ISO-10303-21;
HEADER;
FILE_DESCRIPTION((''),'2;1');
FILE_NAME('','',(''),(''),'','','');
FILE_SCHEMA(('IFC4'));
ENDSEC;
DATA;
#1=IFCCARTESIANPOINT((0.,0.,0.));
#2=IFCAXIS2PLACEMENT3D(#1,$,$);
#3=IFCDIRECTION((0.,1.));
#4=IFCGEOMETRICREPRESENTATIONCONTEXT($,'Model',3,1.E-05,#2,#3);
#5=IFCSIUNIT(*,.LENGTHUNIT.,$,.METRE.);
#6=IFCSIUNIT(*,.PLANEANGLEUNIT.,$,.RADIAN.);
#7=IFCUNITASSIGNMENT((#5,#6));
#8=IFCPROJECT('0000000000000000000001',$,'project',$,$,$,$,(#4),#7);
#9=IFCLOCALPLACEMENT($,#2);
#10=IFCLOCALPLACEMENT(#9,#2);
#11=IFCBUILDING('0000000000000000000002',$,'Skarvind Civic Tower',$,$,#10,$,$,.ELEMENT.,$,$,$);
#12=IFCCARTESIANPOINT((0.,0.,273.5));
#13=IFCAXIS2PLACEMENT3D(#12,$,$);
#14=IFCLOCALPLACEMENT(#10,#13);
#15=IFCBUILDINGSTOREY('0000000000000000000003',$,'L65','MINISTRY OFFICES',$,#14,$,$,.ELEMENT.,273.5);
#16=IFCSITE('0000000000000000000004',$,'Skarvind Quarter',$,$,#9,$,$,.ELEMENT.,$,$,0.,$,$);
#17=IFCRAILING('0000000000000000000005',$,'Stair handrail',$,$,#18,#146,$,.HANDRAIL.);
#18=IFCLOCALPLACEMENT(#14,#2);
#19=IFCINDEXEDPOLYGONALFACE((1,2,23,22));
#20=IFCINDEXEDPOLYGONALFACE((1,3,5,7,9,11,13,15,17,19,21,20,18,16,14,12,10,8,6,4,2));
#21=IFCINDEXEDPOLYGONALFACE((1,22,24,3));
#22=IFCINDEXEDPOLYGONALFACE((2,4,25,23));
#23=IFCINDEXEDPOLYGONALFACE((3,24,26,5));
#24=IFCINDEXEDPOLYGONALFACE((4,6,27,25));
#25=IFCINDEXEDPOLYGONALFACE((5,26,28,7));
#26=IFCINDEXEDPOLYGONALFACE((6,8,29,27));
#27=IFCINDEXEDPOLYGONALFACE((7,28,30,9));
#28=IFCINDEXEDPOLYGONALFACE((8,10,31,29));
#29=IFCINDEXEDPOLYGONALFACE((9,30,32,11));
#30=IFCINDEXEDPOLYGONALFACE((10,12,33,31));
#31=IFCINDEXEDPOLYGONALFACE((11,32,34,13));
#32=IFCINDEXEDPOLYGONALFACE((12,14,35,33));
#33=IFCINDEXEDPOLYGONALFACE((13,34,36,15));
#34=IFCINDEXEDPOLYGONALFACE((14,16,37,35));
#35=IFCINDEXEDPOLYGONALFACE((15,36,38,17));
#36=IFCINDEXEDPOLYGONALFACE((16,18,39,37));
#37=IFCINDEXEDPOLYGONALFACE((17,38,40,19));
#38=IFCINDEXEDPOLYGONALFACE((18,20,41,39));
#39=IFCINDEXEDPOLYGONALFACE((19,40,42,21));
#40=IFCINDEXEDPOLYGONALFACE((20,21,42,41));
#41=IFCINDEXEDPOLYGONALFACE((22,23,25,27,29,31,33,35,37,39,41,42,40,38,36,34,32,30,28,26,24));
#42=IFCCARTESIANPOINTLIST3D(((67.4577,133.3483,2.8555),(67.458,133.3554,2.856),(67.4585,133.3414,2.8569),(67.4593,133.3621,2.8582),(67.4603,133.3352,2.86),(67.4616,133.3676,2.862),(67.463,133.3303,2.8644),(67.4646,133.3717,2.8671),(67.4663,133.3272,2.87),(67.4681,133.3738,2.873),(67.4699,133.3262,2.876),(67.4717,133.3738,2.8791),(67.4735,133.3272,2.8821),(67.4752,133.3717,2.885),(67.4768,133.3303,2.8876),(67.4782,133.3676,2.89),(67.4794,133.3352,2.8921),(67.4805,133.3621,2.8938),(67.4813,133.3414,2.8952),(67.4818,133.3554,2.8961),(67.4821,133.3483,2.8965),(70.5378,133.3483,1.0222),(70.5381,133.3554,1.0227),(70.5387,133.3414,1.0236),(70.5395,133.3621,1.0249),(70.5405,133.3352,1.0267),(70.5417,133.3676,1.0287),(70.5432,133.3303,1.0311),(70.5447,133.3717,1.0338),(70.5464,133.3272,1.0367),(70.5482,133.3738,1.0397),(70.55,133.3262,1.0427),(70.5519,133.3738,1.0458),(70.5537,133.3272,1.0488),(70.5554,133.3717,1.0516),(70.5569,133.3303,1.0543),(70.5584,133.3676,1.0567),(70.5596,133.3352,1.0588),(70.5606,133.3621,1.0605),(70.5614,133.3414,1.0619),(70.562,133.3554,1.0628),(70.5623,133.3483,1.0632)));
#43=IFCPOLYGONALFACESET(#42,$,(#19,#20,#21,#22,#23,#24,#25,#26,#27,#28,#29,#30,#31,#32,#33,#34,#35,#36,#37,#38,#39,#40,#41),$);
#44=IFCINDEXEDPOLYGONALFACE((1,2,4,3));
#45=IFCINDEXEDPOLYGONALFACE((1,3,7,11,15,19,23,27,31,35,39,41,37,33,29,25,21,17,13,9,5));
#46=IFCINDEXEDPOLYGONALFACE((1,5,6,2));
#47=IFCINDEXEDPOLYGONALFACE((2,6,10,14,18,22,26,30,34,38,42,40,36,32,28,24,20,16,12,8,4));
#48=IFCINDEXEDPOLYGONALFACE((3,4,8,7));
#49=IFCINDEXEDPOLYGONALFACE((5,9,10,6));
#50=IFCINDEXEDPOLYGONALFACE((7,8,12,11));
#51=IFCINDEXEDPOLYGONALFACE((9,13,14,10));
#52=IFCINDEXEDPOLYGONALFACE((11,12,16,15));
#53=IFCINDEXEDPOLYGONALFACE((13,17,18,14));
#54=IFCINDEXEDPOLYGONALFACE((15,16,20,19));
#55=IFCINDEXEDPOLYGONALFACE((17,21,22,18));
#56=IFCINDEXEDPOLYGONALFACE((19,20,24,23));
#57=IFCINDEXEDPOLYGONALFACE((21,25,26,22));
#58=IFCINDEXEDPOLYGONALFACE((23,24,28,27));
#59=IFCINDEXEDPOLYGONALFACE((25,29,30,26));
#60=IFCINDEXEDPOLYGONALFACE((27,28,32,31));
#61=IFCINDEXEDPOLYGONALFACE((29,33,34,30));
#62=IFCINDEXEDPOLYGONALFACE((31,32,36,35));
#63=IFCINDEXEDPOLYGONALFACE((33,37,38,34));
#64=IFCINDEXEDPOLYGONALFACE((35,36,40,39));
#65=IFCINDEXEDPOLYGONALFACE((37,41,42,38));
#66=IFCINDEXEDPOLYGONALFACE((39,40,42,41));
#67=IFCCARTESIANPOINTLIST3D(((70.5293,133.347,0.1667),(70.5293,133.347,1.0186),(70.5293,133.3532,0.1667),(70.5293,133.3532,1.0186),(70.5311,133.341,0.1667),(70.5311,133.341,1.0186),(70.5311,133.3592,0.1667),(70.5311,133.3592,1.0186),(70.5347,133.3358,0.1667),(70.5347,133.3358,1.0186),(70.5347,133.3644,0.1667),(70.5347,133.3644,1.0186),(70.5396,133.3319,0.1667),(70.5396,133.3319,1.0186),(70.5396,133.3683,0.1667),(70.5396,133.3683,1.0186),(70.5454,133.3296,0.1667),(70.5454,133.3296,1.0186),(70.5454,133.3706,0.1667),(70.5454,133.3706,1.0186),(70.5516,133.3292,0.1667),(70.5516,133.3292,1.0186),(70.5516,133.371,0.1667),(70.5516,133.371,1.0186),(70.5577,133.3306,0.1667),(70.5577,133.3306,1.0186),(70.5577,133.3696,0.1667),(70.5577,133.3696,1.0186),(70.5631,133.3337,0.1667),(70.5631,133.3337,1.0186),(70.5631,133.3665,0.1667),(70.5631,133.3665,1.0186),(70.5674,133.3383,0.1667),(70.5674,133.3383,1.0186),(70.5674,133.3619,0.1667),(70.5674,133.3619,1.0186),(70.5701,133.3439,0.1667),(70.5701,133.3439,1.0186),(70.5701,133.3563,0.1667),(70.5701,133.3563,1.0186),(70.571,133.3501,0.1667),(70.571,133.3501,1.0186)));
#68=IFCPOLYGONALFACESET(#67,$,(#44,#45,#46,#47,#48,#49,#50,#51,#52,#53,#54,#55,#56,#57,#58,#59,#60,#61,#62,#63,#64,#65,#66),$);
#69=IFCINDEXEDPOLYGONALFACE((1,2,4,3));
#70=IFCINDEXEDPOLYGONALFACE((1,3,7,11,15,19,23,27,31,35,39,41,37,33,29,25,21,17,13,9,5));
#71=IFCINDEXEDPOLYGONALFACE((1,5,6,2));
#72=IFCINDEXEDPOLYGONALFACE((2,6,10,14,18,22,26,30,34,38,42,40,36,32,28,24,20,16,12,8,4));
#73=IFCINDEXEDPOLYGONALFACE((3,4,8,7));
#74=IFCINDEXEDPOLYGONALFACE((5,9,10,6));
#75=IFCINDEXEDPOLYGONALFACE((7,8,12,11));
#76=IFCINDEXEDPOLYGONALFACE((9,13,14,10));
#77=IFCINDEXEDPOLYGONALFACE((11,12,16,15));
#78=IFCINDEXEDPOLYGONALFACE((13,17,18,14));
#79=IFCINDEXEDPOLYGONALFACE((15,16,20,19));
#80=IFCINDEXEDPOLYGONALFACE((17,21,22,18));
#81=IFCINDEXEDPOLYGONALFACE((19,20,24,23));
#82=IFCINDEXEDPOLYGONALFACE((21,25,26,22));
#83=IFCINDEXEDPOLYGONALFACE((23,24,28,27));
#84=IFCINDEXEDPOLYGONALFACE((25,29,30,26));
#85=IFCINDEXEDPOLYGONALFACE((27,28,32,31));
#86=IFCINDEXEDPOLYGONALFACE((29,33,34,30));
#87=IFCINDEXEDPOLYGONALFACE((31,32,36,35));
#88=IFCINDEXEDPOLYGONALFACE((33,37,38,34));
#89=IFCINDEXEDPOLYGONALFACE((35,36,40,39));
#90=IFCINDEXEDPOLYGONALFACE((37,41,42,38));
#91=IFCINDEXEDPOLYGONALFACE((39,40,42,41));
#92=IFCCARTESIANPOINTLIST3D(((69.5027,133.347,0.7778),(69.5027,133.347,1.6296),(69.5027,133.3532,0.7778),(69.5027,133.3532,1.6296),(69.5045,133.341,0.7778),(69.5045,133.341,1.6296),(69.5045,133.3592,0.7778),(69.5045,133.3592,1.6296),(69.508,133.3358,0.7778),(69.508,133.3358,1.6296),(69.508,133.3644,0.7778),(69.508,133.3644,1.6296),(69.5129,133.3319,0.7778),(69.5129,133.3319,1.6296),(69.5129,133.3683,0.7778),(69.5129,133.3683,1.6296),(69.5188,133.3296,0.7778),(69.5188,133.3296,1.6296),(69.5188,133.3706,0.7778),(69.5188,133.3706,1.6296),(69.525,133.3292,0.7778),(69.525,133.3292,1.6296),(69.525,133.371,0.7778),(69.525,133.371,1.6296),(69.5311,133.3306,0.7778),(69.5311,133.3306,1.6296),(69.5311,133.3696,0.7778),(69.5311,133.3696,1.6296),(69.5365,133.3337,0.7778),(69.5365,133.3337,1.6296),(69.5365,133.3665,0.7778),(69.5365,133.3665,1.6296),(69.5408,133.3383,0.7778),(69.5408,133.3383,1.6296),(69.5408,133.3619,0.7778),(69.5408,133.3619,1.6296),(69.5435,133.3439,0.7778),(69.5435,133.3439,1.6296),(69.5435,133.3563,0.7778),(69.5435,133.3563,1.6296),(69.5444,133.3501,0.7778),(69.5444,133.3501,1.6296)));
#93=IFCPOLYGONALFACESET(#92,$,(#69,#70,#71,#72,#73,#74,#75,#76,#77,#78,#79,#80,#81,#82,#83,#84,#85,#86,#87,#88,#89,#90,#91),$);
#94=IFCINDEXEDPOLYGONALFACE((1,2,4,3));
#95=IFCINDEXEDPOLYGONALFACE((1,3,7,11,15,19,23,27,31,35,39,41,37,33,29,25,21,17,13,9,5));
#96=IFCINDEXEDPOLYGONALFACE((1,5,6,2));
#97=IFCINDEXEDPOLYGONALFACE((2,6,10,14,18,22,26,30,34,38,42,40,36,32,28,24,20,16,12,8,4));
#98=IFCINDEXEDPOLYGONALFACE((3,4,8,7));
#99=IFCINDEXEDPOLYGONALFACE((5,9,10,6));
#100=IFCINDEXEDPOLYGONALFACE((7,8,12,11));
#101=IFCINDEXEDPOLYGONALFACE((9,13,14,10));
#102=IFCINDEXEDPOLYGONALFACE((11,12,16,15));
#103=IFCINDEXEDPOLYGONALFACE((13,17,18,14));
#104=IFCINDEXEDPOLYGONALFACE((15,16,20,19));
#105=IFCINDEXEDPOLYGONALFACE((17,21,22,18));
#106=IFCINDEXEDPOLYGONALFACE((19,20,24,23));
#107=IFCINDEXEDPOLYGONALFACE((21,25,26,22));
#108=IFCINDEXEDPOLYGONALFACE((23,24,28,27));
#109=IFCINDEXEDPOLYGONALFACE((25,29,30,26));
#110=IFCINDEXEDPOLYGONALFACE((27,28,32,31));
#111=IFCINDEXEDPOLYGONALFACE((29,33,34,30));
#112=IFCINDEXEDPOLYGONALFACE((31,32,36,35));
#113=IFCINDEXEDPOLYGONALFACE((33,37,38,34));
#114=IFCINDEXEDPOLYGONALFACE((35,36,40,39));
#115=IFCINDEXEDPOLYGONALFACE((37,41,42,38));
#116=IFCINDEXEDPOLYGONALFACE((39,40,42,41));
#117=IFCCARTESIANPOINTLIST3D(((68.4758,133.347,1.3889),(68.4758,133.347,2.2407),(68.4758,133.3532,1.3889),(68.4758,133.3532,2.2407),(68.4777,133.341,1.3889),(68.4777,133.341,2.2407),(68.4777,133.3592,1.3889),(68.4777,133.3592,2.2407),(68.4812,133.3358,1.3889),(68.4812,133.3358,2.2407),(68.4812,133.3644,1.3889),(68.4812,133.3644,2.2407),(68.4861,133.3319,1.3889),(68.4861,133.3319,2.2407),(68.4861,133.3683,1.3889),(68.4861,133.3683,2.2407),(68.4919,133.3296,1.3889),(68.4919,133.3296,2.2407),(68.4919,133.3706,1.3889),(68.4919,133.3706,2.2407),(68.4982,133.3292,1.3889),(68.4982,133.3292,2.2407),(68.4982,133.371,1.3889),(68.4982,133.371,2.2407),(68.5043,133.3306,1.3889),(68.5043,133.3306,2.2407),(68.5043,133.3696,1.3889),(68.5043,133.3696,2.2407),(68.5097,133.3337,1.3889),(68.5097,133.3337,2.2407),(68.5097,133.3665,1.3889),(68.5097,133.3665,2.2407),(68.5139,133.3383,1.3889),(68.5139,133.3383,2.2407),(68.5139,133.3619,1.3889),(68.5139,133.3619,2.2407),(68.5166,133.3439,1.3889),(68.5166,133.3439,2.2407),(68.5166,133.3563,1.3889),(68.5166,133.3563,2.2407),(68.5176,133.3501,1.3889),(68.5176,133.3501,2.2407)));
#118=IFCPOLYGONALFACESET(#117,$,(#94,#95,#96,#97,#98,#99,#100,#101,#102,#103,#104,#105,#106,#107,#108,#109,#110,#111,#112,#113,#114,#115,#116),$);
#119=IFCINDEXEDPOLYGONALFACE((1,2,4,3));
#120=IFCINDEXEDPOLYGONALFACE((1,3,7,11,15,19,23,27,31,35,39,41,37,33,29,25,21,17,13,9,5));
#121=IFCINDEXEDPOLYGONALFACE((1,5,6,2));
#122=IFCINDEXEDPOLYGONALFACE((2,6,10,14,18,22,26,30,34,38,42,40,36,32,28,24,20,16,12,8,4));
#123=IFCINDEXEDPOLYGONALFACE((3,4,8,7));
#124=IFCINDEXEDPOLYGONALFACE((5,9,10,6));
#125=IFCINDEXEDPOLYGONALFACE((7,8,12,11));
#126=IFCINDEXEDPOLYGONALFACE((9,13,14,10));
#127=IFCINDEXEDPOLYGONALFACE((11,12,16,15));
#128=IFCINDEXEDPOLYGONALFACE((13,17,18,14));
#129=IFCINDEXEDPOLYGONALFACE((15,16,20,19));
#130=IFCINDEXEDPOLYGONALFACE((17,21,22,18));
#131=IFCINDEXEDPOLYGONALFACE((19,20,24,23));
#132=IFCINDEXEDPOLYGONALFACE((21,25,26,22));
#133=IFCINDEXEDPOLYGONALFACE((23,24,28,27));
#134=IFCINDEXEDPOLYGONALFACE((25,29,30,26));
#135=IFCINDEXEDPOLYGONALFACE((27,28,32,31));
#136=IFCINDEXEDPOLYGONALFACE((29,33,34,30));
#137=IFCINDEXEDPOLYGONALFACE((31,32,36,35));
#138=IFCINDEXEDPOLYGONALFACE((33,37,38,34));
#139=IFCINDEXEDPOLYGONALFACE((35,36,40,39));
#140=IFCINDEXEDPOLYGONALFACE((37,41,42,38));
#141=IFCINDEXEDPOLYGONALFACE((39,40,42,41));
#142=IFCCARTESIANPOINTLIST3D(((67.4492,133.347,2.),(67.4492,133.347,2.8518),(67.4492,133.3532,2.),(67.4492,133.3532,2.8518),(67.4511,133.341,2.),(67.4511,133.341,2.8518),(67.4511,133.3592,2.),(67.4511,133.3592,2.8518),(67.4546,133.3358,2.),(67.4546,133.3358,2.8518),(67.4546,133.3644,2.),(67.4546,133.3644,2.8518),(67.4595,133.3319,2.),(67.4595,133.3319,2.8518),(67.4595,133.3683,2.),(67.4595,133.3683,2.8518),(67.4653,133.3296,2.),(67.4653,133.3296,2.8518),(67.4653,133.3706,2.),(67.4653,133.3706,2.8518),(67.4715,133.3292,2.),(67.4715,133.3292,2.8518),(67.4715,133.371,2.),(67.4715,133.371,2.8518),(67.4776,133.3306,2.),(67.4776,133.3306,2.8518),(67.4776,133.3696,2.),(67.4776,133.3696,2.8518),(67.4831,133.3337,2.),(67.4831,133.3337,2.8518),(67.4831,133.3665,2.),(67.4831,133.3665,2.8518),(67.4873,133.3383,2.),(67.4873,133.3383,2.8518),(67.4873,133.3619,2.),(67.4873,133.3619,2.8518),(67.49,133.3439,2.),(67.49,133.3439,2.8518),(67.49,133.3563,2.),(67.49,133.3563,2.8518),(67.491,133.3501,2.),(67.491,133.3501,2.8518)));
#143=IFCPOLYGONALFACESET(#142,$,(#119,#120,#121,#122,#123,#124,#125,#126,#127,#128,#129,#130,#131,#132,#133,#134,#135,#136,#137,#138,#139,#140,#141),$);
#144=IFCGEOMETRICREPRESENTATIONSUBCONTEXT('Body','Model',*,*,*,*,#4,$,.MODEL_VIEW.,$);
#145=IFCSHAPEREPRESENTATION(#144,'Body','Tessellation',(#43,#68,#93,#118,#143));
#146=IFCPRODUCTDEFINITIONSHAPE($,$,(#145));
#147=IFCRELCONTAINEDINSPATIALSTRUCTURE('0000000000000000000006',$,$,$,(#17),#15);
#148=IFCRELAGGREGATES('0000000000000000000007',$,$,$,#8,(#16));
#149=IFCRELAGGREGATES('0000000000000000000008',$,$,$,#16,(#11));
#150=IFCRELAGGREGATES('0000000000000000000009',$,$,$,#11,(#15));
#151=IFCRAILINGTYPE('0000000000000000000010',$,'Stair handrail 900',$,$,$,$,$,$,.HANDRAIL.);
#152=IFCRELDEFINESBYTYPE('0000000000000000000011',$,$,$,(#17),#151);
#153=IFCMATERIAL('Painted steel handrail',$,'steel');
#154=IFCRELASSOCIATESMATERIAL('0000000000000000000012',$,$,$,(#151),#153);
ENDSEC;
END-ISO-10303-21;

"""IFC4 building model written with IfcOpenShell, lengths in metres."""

from ifc_helpers import new_model, si_unit, direction, frame, origin, origin_2d, place, context, subcontext, project, spatial, circle, extrude, material, type_object, element, save


model = new_model("IFC4")

# Units and contexts
model_context = context("Model", 3, precision=1e-05, world=origin(), true_north=direction((0.0, 1.0)))
body_context = subcontext(model_context, "Body", "Model", "MODEL_VIEW")
ifc_project = project(units=[si_unit("LENGTHUNIT", "METRE"), si_unit("PLANEANGLEUNIT", "RADIAN")], contexts=[model_context])

# Site, building, storey
site_placement = place(None, origin())
site = spatial("IfcSite", under=ifc_project, at=site_placement, Name="Skarvind Quarter", CompositionType="ELEMENT", RefElevation=0.0)
building_placement = place(site_placement, origin())
building = spatial("IfcBuilding", under=site, at=building_placement, Name="Skarvind Civic Tower", CompositionType="ELEMENT")
storey_placement = place(building_placement, frame((0.0, 0.0, 273.5)))
storey = spatial("IfcBuildingStorey", under=building, at=storey_placement, Name="L65", Description="MINISTRY OFFICES", CompositionType="ELEMENT", Elevation=273.5)

# Railing
ifc_material_1 = material(Name="Painted steel handrail", Category="steel")
railing_type = type_object("IfcRailingType", Name="Stair handrail 900", PredefinedType="HANDRAIL", material=ifc_material_1)
railing_1_placement = place(storey_placement, frame((70.55, 133.3501, 0.1667)))
element("IfcRailing", 1, at=railing_1_placement, inside=storey, type_object=railing_type, Name="Stair handrail", PredefinedType="HANDRAIL", context=body_context, shape_type="SweptSolid", body=[
    extrude(circle(Radius=0.0239, at=origin_2d()), frame((0.0, 0.0, 0.876), z_axis=(-0.859309, 0.0, 0.511458), x_axis=(0.0, -1.0, 0.0)), (0.0, 0.0, 1.0), 3.5845),
    extrude(circle(Radius=0.021, at=origin_2d()), origin(), (0.0, 0.0, 1.0), 0.8518),
    extrude(circle(Radius=0.021, at=origin_2d()), frame((-1.0266, 0.0, 0.6111)), (0.0, 0.0, 1.0), 0.8518),
    extrude(circle(Radius=0.021, at=origin_2d()), frame((-2.0535, 0.0, 1.2222)), (0.0, 0.0, 1.0), 0.8518),
    extrude(circle(Radius=0.021, at=origin_2d()), frame((-3.0801, 0.0, 1.8333)), (0.0, 0.0, 1.0), 0.8518),
])

save(model, "model.ifc")
